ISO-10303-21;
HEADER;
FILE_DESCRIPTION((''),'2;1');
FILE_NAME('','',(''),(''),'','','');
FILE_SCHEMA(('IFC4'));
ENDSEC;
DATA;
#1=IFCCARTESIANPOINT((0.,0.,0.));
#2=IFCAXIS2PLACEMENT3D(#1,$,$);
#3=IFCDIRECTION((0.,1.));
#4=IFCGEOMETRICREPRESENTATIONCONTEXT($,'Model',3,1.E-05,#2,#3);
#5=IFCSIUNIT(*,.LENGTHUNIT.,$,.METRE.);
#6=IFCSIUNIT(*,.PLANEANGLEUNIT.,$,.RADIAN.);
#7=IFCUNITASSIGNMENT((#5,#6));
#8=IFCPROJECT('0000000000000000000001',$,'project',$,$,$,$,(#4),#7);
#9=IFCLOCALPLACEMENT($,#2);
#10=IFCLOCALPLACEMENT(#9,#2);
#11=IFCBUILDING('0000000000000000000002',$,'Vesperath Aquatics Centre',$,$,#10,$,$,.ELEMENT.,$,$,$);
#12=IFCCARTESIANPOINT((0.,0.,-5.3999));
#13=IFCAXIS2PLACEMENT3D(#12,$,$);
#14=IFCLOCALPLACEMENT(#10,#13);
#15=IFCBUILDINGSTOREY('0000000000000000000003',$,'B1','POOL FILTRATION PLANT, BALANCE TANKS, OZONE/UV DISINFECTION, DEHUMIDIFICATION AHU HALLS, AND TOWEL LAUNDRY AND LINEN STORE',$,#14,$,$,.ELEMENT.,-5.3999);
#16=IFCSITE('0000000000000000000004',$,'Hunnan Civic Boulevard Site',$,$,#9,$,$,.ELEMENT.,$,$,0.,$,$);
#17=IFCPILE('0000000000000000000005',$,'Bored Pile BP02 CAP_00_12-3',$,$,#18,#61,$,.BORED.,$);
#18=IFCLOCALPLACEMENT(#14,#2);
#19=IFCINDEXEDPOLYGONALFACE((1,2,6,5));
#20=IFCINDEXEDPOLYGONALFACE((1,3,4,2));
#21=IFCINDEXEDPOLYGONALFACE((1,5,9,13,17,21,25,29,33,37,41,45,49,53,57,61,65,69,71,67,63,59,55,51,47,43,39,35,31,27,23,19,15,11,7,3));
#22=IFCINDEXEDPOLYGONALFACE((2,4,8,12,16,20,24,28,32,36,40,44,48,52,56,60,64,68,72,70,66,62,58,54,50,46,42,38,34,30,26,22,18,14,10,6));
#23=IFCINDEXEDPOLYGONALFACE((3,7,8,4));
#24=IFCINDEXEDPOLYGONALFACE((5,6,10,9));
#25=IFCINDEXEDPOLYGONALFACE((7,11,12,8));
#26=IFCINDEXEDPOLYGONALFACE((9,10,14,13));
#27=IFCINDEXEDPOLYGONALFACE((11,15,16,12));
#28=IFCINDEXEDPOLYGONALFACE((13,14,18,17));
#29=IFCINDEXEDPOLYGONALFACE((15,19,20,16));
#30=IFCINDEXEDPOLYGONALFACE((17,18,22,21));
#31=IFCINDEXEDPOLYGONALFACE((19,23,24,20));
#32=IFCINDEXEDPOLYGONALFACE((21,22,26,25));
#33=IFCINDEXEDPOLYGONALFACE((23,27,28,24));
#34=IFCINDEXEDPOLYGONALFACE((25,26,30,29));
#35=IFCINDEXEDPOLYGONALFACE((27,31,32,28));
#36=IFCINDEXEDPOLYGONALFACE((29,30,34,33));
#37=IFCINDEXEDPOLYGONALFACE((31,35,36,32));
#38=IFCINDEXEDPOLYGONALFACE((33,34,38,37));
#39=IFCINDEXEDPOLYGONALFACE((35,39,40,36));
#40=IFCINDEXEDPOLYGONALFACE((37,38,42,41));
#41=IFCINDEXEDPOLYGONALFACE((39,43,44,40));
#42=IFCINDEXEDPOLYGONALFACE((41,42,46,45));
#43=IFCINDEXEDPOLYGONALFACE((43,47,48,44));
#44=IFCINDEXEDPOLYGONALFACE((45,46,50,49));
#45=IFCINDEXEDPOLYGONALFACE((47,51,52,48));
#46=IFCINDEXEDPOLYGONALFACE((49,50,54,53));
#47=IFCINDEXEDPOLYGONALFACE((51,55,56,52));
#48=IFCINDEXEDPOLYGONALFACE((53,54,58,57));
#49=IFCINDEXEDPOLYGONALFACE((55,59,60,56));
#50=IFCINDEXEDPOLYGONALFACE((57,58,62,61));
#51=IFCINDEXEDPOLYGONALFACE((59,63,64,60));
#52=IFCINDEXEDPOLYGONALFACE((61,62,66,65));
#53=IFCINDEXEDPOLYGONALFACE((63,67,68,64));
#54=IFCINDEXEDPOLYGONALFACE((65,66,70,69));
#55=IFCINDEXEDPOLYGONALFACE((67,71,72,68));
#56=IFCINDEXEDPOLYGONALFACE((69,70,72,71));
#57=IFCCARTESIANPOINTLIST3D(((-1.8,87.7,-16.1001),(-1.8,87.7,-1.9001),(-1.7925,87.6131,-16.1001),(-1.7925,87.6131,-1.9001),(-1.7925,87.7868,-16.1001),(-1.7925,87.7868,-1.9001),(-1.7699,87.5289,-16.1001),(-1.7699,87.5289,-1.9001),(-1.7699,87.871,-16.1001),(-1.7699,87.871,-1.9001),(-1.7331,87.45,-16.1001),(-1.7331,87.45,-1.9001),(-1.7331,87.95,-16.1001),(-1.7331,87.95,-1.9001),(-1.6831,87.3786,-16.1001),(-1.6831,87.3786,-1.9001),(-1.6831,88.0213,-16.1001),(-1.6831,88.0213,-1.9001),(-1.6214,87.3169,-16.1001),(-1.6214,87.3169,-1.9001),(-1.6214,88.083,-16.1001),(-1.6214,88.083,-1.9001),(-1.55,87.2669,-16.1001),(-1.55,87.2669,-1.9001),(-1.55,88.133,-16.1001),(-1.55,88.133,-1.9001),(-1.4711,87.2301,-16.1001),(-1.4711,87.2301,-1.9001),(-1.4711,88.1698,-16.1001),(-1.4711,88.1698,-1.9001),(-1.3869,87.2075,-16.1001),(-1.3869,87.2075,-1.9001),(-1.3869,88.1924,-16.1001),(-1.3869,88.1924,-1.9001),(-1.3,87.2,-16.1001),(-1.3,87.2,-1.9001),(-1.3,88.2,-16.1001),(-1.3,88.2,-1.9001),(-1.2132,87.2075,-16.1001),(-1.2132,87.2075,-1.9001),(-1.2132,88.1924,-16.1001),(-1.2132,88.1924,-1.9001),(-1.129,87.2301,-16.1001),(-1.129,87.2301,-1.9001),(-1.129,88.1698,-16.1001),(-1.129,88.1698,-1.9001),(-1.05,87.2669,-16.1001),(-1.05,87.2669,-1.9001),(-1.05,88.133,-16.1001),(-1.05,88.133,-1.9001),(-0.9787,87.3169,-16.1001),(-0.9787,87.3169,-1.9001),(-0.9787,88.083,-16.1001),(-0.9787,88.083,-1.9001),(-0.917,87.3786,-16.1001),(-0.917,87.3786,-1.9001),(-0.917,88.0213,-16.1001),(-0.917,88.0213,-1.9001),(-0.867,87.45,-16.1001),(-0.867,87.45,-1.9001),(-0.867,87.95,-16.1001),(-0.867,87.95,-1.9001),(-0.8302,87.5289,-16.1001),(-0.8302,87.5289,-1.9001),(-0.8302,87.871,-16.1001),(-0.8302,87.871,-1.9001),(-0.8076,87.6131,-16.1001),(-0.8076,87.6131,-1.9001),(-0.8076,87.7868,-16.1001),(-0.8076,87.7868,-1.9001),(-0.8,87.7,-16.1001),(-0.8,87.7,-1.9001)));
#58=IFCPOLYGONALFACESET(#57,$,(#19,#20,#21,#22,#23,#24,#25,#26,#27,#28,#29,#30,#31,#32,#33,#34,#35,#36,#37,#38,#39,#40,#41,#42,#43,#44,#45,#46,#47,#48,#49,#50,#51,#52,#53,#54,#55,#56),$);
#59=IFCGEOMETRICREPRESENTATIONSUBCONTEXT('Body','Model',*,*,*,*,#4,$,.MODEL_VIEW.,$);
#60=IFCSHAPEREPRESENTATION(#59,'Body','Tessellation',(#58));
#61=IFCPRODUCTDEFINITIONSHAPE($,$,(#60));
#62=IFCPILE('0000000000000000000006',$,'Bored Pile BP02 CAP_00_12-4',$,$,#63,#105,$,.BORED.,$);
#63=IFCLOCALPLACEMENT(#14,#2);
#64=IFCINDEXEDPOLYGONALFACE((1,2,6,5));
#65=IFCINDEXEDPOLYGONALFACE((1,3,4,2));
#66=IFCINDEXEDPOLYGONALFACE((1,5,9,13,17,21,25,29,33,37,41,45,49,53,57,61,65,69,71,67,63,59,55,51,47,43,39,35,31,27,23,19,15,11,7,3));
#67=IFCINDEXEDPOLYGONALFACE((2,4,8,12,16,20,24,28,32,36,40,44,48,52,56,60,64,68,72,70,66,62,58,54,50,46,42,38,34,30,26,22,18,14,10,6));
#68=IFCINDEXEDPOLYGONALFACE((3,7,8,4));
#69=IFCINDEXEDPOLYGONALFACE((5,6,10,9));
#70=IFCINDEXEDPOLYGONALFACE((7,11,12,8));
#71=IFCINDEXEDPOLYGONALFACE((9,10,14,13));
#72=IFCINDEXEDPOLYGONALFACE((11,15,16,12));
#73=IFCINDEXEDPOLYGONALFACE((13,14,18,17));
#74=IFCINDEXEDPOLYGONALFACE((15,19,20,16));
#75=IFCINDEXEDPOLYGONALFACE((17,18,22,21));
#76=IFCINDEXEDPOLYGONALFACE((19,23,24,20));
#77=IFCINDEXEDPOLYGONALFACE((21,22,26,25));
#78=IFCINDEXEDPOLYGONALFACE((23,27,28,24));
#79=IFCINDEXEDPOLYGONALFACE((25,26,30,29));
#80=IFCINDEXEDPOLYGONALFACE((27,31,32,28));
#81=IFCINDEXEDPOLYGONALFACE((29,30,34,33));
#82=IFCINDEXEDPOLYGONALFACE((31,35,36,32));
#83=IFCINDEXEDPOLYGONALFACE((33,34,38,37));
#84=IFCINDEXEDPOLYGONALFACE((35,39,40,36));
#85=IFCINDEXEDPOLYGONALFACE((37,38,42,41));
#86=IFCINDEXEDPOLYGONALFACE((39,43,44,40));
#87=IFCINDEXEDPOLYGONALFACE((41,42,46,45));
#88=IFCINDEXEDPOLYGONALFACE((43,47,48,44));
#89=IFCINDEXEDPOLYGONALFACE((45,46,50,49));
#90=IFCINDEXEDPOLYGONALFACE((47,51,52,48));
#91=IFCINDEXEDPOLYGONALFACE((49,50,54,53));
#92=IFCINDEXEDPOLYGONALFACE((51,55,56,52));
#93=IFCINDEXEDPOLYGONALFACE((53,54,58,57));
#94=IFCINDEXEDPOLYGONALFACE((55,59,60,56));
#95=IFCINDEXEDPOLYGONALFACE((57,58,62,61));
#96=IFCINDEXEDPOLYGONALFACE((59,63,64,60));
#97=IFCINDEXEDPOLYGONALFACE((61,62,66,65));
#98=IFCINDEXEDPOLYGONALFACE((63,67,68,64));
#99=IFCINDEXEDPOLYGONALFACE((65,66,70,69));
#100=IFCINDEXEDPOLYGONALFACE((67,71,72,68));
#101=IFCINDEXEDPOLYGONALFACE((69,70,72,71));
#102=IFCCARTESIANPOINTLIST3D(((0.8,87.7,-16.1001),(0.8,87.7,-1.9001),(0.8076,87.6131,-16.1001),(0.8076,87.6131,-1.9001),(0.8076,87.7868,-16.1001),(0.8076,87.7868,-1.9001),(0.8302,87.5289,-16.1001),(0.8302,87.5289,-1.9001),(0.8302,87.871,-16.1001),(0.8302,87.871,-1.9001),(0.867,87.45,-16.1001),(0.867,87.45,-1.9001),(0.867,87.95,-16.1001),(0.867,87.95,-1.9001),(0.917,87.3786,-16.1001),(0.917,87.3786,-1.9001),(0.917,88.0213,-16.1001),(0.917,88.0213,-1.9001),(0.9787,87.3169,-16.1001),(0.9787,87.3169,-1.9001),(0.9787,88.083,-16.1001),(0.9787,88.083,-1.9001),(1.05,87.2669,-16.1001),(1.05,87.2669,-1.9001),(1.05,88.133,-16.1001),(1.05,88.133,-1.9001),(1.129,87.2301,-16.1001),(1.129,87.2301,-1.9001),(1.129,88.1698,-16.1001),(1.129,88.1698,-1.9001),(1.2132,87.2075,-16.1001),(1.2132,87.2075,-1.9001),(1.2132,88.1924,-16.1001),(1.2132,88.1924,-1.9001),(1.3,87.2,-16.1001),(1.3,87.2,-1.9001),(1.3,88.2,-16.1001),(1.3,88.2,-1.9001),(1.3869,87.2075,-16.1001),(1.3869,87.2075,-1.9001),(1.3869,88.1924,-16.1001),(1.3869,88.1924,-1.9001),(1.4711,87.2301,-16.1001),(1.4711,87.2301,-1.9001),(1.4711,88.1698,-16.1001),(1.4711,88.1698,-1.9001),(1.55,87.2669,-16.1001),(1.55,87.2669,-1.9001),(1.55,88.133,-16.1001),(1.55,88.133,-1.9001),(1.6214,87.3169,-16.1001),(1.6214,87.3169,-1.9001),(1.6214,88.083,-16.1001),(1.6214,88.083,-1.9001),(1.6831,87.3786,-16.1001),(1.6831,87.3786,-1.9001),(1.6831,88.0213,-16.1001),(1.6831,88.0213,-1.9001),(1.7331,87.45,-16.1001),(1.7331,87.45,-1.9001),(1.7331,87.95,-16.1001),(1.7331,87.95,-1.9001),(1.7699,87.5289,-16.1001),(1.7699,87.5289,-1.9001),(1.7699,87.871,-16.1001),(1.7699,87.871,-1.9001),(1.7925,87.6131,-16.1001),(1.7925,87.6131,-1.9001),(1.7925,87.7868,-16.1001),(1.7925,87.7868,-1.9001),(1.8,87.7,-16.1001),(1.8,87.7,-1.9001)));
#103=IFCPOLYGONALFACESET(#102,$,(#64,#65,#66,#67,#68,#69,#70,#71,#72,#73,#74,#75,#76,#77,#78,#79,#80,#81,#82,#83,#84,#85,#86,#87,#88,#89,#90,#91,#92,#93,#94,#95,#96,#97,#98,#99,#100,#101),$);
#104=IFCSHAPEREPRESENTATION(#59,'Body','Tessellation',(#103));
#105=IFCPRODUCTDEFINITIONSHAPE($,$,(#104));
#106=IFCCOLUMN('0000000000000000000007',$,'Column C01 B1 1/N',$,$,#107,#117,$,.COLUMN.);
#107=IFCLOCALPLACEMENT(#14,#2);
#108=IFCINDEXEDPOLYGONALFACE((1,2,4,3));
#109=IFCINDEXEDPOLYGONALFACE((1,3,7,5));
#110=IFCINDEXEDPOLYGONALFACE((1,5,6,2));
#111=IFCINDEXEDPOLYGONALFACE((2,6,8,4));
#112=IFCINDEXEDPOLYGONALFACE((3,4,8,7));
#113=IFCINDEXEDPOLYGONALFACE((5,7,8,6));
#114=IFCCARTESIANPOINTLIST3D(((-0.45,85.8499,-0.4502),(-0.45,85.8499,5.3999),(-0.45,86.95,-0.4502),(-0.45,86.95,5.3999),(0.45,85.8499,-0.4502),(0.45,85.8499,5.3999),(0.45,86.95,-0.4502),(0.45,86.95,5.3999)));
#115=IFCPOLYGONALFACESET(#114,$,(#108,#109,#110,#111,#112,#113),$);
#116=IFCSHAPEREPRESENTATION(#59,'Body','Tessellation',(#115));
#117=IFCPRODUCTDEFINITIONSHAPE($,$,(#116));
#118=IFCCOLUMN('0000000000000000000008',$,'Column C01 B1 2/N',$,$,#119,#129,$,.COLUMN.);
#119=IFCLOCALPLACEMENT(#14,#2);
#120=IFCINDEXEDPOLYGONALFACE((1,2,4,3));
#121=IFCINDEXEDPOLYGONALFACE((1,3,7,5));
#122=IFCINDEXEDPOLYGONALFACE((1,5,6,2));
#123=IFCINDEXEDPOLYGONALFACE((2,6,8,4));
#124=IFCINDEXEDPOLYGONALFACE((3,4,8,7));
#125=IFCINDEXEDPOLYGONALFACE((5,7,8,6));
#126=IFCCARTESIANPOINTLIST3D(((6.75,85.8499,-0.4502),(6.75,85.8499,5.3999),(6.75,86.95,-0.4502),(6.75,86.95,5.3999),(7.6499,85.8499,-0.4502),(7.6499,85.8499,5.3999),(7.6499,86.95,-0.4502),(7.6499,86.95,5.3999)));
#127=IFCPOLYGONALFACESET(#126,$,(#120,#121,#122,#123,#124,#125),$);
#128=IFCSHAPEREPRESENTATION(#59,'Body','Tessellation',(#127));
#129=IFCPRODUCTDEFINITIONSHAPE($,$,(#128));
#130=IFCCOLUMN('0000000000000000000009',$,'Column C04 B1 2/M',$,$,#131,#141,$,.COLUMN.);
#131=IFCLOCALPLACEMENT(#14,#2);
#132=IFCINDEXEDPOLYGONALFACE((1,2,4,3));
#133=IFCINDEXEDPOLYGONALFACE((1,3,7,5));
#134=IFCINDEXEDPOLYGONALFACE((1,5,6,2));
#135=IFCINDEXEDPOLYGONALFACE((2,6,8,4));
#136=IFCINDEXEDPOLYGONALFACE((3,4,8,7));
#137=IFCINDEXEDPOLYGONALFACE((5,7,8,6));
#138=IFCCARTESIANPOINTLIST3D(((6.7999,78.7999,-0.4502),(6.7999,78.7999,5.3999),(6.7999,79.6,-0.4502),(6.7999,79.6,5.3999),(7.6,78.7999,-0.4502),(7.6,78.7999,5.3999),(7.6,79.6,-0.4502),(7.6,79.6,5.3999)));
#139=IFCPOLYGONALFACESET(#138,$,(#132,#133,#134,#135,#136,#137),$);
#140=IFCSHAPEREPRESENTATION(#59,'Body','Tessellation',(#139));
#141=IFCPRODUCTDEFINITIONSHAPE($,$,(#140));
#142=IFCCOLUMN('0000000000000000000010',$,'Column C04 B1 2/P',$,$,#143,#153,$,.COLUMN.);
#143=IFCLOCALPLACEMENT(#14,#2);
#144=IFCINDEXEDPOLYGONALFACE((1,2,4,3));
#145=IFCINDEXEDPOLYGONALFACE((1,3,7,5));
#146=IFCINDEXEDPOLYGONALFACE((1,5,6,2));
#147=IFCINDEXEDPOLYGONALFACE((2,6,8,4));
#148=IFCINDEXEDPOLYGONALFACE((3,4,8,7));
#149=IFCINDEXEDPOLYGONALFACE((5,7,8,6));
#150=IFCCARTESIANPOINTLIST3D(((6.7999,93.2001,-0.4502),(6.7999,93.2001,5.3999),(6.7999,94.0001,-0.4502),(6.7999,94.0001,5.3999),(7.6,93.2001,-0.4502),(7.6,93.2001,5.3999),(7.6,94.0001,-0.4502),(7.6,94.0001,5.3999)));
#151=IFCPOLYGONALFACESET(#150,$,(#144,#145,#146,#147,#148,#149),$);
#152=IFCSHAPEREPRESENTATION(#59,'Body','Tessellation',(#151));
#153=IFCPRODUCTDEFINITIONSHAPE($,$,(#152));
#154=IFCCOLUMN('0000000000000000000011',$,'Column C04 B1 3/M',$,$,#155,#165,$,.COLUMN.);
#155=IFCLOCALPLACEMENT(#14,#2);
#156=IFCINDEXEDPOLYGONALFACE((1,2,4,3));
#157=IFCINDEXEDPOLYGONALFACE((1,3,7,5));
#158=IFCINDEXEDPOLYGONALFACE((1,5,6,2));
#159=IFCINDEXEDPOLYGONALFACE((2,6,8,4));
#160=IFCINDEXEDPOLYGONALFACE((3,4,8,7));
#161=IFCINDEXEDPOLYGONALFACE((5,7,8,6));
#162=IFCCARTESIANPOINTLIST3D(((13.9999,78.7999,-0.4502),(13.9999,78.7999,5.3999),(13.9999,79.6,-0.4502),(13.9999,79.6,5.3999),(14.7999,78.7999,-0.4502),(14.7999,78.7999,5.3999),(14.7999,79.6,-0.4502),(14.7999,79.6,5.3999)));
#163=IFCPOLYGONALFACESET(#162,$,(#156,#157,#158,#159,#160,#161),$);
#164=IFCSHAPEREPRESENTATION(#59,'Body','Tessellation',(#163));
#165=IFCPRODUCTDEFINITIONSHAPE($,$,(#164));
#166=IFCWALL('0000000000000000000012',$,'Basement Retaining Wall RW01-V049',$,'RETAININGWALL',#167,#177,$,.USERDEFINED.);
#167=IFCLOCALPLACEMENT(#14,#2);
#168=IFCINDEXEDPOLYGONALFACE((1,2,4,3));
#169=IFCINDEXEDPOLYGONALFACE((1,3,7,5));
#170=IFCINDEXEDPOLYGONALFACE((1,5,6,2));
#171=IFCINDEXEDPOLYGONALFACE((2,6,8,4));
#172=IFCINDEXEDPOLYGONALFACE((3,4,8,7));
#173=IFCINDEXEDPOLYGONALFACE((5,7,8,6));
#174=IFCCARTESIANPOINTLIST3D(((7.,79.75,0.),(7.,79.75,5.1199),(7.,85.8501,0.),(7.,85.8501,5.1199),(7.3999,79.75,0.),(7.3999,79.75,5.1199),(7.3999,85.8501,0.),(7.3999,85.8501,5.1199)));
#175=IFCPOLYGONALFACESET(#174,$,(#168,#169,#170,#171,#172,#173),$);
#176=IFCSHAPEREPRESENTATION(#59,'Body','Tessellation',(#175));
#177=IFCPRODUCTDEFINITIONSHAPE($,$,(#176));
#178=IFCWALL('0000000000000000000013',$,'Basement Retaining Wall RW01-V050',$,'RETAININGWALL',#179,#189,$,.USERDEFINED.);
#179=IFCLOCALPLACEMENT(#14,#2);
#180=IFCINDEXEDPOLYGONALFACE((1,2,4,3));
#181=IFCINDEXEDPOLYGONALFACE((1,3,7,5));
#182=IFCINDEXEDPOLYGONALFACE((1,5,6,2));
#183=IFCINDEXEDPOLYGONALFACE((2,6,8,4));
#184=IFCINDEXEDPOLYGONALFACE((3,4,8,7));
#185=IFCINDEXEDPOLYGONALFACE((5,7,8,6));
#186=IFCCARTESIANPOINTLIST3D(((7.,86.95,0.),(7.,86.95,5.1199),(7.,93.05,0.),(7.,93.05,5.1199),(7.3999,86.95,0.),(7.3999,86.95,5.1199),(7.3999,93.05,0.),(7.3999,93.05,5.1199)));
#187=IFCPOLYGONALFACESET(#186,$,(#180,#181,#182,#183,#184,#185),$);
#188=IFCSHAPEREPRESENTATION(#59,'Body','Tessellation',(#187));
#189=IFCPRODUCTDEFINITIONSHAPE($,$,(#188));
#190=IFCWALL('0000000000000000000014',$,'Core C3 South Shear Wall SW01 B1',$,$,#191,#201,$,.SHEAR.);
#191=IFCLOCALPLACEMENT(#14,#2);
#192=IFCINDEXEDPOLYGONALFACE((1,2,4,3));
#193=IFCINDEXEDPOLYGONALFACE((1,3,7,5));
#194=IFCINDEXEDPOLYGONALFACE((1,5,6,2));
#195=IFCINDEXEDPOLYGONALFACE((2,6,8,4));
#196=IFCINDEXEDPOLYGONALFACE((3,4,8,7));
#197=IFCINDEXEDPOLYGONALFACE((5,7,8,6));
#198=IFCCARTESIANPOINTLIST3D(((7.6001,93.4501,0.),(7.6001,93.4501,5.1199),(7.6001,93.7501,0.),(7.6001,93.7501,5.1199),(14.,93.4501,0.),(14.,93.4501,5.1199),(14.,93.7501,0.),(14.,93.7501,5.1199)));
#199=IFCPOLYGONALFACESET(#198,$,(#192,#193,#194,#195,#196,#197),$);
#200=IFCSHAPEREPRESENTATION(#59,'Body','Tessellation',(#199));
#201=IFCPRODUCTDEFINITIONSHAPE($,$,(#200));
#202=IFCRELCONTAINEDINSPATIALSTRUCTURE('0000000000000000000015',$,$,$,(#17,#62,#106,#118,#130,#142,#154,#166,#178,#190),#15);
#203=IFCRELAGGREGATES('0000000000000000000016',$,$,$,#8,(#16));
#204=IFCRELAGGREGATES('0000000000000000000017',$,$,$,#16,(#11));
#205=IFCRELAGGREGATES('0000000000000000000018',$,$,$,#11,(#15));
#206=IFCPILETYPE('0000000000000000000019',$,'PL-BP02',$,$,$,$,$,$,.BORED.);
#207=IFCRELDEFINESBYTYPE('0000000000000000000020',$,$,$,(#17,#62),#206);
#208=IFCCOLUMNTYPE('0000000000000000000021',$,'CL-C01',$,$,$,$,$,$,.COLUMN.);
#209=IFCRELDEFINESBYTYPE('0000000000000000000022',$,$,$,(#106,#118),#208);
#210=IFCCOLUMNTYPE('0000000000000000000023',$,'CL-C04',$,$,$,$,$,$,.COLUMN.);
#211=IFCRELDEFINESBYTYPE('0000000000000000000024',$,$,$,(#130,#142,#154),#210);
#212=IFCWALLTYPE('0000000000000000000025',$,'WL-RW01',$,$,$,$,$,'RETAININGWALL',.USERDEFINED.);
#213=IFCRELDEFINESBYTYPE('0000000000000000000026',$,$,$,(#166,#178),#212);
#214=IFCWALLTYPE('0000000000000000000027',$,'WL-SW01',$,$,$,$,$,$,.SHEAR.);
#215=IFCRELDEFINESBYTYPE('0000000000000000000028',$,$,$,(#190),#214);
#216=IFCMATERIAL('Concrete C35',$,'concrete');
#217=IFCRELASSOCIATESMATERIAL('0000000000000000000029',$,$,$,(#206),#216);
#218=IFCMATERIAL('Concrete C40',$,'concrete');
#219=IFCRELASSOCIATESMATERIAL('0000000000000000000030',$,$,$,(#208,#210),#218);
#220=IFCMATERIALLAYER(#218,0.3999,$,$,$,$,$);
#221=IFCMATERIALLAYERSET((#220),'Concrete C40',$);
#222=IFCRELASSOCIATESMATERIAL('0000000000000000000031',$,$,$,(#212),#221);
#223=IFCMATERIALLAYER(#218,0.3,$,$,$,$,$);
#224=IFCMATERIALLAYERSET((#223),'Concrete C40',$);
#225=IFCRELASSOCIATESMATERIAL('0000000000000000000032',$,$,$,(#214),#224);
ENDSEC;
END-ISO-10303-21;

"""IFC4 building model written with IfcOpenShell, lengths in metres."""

from ifc_helpers import new_model, si_unit, direction, frame, frame_2d, origin, origin_2d, place, context, subcontext, project, spatial, rectangle, circle, extrude, material, layer, layer_set, material_profile, profile_set, type_object, element, save


model = new_model("IFC4")

# Units and contexts
model_context = context("Model", 3, precision=1e-05, world=origin(), true_north=direction((0.0, 1.0)))
body_context = subcontext(model_context, "Body", "Model", "MODEL_VIEW")
ifc_project = project(units=[si_unit("LENGTHUNIT", "METRE"), si_unit("PLANEANGLEUNIT", "RADIAN")], contexts=[model_context])

# Site, building, storey
site_placement = place(None, origin())
site = spatial("IfcSite", under=ifc_project, at=site_placement, Name="Hunnan Civic Boulevard Site", CompositionType="ELEMENT", RefElevation=0.0)
building_placement = place(site_placement, origin())
building = spatial("IfcBuilding", under=site, at=building_placement, Name="Vesperath Aquatics Centre", CompositionType="ELEMENT")
storey_placement = place(building_placement, frame((0.0, 0.0, -5.3999)))
storey = spatial("IfcBuildingStorey", under=building, at=storey_placement, Name="B1", Description="POOL FILTRATION PLANT, BALANCE TANKS, OZONE/UV DISINFECTION, DEHUMIDIFICATION AHU HALLS, AND TOWEL LAUNDRY AND LINEN STORE", CompositionType="ELEMENT", Elevation=-5.3999)

# Shared definitions
ifc_material_1 = material(Name="Concrete C40", Category="concrete")

# Piles
ifc_material_2 = material(Name="Concrete C35", Category="concrete")
ifc_material_profile_1 = material_profile(ifc_material_2, circle(Radius=0.5, at=origin_2d()), Name="PILE D1000")
ifc_profile_set_1 = profile_set([ifc_material_profile_1], Name="Concrete C35")
pile_type_1 = type_object("IfcPileType", Name="PL-BP02", PredefinedType="BORED", material=ifc_profile_set_1)
for number, where, z_axis, x_axis, name in (
    (1, (-1.3, 87.7, -1.9001), (0.0, 0.0, -1.0), (1.0, 0.0, 0.0), "Bored Pile BP02 CAP_00_12-3"),
    (2, (1.3, 87.7, -1.9001), (0.0, 0.0, -1.0), (1.0, 0.0, 0.0), "Bored Pile BP02 CAP_00_12-4"),
):
    element("IfcPile", number, at=place(storey_placement, frame(where, z_axis=z_axis, x_axis=x_axis)), inside=storey, type_object=pile_type_1, Name=name, PredefinedType="BORED", context=body_context, shape_type="SweptSolid", body=[
        extrude(circle(Radius=0.5, at=origin_2d()), origin(), (0.0, 0.0, 1.0), 14.2),
    ])

# Columns
ifc_material_profile_2 = material_profile(ifc_material_1, rectangle(XDim=0.8999, YDim=1.1001, at=origin_2d()), Name="RC 1100x900")
ifc_profile_set_2 = profile_set([ifc_material_profile_2], Name="Concrete C40")
column_type_1 = type_object("IfcColumnType", Name="CL-C01", PredefinedType="COLUMN", material=ifc_profile_set_2)
for number, where, z_axis, x_axis, name in (
    (3, (0.0, 86.3999, -0.4502), (0.0, 0.0, 1.0), (1.0, 0.0, 0.0), "Column C01 B1 1/N"),
    (4, (7.2, 86.3999, -0.4502), (0.0, 0.0, 1.0), (1.0, 0.0, 0.0), "Column C01 B1 2/N"),
):
    element("IfcColumn", number, at=place(storey_placement, frame(where, z_axis=z_axis, x_axis=x_axis)), inside=storey, type_object=column_type_1, Name=name, PredefinedType="COLUMN", context=body_context, shape_type="SweptSolid", body=[
        extrude(rectangle(XDim=0.8999, YDim=1.1001, at=origin_2d()), origin(), (0.0, 0.0, 1.0), 5.8501),
    ])
ifc_material_profile_3 = material_profile(ifc_material_1, rectangle(XDim=0.8, YDim=0.8, at=origin_2d()), Name="RC 800x800")
ifc_profile_set_3 = profile_set([ifc_material_profile_3], Name="Concrete C40")
column_type_2 = type_object("IfcColumnType", Name="CL-C04", PredefinedType="COLUMN", material=ifc_profile_set_3)
for number, where, z_axis, x_axis, name in (
    (5, (7.2, 79.2, -0.4502), (0.0, 0.0, 1.0), (1.0, 0.0, 0.0), "Column C04 B1 2/M"),
    (6, (7.2, 93.6001, -0.4502), (0.0, 0.0, 1.0), (1.0, 0.0, 0.0), "Column C04 B1 2/P"),
    (7, (14.3999, 79.2, -0.4502), (0.0, 0.0, 1.0), (1.0, 0.0, 0.0), "Column C04 B1 3/M"),
):
    element("IfcColumn", number, at=place(storey_placement, frame(where, z_axis=z_axis, x_axis=x_axis)), inside=storey, type_object=column_type_2, Name=name, PredefinedType="COLUMN", context=body_context, shape_type="SweptSolid", body=[
        extrude(rectangle(XDim=0.8, YDim=0.8, at=origin_2d()), origin(), (0.0, 0.0, 1.0), 5.8501),
    ])

# Walls
ifc_layer_1 = layer(ifc_material_1, 0.3999)
ifc_layer_set_1 = layer_set([ifc_layer_1], Name="Concrete C40")
wall_type_1 = type_object("IfcWallType", Name="WL-RW01", ElementType="RETAININGWALL", PredefinedType="USERDEFINED", material=ifc_layer_set_1)
for number, where, z_axis, x_axis, name in (
    (8, (7.2, 79.75, 0.0), (0.0, 0.0, 1.0), (0.0, 1.0, 0.0), "Basement Retaining Wall RW01-V049"),
    (9, (7.2, 86.95, 0.0), (0.0, 0.0, 1.0), (0.0, 1.0, 0.0), "Basement Retaining Wall RW01-V050"),
):
    element("IfcWall", number, at=place(storey_placement, frame(where, z_axis=z_axis, x_axis=x_axis)), inside=storey, type_object=wall_type_1, Name=name, ObjectType="RETAININGWALL", PredefinedType="USERDEFINED", context=body_context, shape_type="SweptSolid", body=[
        extrude(rectangle(XDim=6.1001, YDim=0.3999, at=frame_2d((3.05, 0.0))), origin(), (0.0, 0.0, 1.0), 5.1199),
    ])
ifc_layer_2 = layer(ifc_material_1, 0.3)
ifc_layer_set_2 = layer_set([ifc_layer_2], Name="Concrete C40")
wall_type_2 = type_object("IfcWallType", Name="WL-SW01", PredefinedType="SHEAR", material=ifc_layer_set_2)
for number, where, z_axis, x_axis, name in (
    (10, (7.6001, 93.6001, 0.0), (0.0, 0.0, 1.0), (1.0, 0.0, 0.0), "Core C3 South Shear Wall SW01 B1"),
):
    element("IfcWall", number, at=place(storey_placement, frame(where, z_axis=z_axis, x_axis=x_axis)), inside=storey, type_object=wall_type_2, Name=name, PredefinedType="SHEAR", context=body_context, shape_type="SweptSolid", body=[
        extrude(rectangle(XDim=6.3999, YDim=0.3, at=frame_2d((3.2, 0.0))), origin(), (0.0, 0.0, 1.0), 5.1199),
    ])

save(model, "model.ifc")
